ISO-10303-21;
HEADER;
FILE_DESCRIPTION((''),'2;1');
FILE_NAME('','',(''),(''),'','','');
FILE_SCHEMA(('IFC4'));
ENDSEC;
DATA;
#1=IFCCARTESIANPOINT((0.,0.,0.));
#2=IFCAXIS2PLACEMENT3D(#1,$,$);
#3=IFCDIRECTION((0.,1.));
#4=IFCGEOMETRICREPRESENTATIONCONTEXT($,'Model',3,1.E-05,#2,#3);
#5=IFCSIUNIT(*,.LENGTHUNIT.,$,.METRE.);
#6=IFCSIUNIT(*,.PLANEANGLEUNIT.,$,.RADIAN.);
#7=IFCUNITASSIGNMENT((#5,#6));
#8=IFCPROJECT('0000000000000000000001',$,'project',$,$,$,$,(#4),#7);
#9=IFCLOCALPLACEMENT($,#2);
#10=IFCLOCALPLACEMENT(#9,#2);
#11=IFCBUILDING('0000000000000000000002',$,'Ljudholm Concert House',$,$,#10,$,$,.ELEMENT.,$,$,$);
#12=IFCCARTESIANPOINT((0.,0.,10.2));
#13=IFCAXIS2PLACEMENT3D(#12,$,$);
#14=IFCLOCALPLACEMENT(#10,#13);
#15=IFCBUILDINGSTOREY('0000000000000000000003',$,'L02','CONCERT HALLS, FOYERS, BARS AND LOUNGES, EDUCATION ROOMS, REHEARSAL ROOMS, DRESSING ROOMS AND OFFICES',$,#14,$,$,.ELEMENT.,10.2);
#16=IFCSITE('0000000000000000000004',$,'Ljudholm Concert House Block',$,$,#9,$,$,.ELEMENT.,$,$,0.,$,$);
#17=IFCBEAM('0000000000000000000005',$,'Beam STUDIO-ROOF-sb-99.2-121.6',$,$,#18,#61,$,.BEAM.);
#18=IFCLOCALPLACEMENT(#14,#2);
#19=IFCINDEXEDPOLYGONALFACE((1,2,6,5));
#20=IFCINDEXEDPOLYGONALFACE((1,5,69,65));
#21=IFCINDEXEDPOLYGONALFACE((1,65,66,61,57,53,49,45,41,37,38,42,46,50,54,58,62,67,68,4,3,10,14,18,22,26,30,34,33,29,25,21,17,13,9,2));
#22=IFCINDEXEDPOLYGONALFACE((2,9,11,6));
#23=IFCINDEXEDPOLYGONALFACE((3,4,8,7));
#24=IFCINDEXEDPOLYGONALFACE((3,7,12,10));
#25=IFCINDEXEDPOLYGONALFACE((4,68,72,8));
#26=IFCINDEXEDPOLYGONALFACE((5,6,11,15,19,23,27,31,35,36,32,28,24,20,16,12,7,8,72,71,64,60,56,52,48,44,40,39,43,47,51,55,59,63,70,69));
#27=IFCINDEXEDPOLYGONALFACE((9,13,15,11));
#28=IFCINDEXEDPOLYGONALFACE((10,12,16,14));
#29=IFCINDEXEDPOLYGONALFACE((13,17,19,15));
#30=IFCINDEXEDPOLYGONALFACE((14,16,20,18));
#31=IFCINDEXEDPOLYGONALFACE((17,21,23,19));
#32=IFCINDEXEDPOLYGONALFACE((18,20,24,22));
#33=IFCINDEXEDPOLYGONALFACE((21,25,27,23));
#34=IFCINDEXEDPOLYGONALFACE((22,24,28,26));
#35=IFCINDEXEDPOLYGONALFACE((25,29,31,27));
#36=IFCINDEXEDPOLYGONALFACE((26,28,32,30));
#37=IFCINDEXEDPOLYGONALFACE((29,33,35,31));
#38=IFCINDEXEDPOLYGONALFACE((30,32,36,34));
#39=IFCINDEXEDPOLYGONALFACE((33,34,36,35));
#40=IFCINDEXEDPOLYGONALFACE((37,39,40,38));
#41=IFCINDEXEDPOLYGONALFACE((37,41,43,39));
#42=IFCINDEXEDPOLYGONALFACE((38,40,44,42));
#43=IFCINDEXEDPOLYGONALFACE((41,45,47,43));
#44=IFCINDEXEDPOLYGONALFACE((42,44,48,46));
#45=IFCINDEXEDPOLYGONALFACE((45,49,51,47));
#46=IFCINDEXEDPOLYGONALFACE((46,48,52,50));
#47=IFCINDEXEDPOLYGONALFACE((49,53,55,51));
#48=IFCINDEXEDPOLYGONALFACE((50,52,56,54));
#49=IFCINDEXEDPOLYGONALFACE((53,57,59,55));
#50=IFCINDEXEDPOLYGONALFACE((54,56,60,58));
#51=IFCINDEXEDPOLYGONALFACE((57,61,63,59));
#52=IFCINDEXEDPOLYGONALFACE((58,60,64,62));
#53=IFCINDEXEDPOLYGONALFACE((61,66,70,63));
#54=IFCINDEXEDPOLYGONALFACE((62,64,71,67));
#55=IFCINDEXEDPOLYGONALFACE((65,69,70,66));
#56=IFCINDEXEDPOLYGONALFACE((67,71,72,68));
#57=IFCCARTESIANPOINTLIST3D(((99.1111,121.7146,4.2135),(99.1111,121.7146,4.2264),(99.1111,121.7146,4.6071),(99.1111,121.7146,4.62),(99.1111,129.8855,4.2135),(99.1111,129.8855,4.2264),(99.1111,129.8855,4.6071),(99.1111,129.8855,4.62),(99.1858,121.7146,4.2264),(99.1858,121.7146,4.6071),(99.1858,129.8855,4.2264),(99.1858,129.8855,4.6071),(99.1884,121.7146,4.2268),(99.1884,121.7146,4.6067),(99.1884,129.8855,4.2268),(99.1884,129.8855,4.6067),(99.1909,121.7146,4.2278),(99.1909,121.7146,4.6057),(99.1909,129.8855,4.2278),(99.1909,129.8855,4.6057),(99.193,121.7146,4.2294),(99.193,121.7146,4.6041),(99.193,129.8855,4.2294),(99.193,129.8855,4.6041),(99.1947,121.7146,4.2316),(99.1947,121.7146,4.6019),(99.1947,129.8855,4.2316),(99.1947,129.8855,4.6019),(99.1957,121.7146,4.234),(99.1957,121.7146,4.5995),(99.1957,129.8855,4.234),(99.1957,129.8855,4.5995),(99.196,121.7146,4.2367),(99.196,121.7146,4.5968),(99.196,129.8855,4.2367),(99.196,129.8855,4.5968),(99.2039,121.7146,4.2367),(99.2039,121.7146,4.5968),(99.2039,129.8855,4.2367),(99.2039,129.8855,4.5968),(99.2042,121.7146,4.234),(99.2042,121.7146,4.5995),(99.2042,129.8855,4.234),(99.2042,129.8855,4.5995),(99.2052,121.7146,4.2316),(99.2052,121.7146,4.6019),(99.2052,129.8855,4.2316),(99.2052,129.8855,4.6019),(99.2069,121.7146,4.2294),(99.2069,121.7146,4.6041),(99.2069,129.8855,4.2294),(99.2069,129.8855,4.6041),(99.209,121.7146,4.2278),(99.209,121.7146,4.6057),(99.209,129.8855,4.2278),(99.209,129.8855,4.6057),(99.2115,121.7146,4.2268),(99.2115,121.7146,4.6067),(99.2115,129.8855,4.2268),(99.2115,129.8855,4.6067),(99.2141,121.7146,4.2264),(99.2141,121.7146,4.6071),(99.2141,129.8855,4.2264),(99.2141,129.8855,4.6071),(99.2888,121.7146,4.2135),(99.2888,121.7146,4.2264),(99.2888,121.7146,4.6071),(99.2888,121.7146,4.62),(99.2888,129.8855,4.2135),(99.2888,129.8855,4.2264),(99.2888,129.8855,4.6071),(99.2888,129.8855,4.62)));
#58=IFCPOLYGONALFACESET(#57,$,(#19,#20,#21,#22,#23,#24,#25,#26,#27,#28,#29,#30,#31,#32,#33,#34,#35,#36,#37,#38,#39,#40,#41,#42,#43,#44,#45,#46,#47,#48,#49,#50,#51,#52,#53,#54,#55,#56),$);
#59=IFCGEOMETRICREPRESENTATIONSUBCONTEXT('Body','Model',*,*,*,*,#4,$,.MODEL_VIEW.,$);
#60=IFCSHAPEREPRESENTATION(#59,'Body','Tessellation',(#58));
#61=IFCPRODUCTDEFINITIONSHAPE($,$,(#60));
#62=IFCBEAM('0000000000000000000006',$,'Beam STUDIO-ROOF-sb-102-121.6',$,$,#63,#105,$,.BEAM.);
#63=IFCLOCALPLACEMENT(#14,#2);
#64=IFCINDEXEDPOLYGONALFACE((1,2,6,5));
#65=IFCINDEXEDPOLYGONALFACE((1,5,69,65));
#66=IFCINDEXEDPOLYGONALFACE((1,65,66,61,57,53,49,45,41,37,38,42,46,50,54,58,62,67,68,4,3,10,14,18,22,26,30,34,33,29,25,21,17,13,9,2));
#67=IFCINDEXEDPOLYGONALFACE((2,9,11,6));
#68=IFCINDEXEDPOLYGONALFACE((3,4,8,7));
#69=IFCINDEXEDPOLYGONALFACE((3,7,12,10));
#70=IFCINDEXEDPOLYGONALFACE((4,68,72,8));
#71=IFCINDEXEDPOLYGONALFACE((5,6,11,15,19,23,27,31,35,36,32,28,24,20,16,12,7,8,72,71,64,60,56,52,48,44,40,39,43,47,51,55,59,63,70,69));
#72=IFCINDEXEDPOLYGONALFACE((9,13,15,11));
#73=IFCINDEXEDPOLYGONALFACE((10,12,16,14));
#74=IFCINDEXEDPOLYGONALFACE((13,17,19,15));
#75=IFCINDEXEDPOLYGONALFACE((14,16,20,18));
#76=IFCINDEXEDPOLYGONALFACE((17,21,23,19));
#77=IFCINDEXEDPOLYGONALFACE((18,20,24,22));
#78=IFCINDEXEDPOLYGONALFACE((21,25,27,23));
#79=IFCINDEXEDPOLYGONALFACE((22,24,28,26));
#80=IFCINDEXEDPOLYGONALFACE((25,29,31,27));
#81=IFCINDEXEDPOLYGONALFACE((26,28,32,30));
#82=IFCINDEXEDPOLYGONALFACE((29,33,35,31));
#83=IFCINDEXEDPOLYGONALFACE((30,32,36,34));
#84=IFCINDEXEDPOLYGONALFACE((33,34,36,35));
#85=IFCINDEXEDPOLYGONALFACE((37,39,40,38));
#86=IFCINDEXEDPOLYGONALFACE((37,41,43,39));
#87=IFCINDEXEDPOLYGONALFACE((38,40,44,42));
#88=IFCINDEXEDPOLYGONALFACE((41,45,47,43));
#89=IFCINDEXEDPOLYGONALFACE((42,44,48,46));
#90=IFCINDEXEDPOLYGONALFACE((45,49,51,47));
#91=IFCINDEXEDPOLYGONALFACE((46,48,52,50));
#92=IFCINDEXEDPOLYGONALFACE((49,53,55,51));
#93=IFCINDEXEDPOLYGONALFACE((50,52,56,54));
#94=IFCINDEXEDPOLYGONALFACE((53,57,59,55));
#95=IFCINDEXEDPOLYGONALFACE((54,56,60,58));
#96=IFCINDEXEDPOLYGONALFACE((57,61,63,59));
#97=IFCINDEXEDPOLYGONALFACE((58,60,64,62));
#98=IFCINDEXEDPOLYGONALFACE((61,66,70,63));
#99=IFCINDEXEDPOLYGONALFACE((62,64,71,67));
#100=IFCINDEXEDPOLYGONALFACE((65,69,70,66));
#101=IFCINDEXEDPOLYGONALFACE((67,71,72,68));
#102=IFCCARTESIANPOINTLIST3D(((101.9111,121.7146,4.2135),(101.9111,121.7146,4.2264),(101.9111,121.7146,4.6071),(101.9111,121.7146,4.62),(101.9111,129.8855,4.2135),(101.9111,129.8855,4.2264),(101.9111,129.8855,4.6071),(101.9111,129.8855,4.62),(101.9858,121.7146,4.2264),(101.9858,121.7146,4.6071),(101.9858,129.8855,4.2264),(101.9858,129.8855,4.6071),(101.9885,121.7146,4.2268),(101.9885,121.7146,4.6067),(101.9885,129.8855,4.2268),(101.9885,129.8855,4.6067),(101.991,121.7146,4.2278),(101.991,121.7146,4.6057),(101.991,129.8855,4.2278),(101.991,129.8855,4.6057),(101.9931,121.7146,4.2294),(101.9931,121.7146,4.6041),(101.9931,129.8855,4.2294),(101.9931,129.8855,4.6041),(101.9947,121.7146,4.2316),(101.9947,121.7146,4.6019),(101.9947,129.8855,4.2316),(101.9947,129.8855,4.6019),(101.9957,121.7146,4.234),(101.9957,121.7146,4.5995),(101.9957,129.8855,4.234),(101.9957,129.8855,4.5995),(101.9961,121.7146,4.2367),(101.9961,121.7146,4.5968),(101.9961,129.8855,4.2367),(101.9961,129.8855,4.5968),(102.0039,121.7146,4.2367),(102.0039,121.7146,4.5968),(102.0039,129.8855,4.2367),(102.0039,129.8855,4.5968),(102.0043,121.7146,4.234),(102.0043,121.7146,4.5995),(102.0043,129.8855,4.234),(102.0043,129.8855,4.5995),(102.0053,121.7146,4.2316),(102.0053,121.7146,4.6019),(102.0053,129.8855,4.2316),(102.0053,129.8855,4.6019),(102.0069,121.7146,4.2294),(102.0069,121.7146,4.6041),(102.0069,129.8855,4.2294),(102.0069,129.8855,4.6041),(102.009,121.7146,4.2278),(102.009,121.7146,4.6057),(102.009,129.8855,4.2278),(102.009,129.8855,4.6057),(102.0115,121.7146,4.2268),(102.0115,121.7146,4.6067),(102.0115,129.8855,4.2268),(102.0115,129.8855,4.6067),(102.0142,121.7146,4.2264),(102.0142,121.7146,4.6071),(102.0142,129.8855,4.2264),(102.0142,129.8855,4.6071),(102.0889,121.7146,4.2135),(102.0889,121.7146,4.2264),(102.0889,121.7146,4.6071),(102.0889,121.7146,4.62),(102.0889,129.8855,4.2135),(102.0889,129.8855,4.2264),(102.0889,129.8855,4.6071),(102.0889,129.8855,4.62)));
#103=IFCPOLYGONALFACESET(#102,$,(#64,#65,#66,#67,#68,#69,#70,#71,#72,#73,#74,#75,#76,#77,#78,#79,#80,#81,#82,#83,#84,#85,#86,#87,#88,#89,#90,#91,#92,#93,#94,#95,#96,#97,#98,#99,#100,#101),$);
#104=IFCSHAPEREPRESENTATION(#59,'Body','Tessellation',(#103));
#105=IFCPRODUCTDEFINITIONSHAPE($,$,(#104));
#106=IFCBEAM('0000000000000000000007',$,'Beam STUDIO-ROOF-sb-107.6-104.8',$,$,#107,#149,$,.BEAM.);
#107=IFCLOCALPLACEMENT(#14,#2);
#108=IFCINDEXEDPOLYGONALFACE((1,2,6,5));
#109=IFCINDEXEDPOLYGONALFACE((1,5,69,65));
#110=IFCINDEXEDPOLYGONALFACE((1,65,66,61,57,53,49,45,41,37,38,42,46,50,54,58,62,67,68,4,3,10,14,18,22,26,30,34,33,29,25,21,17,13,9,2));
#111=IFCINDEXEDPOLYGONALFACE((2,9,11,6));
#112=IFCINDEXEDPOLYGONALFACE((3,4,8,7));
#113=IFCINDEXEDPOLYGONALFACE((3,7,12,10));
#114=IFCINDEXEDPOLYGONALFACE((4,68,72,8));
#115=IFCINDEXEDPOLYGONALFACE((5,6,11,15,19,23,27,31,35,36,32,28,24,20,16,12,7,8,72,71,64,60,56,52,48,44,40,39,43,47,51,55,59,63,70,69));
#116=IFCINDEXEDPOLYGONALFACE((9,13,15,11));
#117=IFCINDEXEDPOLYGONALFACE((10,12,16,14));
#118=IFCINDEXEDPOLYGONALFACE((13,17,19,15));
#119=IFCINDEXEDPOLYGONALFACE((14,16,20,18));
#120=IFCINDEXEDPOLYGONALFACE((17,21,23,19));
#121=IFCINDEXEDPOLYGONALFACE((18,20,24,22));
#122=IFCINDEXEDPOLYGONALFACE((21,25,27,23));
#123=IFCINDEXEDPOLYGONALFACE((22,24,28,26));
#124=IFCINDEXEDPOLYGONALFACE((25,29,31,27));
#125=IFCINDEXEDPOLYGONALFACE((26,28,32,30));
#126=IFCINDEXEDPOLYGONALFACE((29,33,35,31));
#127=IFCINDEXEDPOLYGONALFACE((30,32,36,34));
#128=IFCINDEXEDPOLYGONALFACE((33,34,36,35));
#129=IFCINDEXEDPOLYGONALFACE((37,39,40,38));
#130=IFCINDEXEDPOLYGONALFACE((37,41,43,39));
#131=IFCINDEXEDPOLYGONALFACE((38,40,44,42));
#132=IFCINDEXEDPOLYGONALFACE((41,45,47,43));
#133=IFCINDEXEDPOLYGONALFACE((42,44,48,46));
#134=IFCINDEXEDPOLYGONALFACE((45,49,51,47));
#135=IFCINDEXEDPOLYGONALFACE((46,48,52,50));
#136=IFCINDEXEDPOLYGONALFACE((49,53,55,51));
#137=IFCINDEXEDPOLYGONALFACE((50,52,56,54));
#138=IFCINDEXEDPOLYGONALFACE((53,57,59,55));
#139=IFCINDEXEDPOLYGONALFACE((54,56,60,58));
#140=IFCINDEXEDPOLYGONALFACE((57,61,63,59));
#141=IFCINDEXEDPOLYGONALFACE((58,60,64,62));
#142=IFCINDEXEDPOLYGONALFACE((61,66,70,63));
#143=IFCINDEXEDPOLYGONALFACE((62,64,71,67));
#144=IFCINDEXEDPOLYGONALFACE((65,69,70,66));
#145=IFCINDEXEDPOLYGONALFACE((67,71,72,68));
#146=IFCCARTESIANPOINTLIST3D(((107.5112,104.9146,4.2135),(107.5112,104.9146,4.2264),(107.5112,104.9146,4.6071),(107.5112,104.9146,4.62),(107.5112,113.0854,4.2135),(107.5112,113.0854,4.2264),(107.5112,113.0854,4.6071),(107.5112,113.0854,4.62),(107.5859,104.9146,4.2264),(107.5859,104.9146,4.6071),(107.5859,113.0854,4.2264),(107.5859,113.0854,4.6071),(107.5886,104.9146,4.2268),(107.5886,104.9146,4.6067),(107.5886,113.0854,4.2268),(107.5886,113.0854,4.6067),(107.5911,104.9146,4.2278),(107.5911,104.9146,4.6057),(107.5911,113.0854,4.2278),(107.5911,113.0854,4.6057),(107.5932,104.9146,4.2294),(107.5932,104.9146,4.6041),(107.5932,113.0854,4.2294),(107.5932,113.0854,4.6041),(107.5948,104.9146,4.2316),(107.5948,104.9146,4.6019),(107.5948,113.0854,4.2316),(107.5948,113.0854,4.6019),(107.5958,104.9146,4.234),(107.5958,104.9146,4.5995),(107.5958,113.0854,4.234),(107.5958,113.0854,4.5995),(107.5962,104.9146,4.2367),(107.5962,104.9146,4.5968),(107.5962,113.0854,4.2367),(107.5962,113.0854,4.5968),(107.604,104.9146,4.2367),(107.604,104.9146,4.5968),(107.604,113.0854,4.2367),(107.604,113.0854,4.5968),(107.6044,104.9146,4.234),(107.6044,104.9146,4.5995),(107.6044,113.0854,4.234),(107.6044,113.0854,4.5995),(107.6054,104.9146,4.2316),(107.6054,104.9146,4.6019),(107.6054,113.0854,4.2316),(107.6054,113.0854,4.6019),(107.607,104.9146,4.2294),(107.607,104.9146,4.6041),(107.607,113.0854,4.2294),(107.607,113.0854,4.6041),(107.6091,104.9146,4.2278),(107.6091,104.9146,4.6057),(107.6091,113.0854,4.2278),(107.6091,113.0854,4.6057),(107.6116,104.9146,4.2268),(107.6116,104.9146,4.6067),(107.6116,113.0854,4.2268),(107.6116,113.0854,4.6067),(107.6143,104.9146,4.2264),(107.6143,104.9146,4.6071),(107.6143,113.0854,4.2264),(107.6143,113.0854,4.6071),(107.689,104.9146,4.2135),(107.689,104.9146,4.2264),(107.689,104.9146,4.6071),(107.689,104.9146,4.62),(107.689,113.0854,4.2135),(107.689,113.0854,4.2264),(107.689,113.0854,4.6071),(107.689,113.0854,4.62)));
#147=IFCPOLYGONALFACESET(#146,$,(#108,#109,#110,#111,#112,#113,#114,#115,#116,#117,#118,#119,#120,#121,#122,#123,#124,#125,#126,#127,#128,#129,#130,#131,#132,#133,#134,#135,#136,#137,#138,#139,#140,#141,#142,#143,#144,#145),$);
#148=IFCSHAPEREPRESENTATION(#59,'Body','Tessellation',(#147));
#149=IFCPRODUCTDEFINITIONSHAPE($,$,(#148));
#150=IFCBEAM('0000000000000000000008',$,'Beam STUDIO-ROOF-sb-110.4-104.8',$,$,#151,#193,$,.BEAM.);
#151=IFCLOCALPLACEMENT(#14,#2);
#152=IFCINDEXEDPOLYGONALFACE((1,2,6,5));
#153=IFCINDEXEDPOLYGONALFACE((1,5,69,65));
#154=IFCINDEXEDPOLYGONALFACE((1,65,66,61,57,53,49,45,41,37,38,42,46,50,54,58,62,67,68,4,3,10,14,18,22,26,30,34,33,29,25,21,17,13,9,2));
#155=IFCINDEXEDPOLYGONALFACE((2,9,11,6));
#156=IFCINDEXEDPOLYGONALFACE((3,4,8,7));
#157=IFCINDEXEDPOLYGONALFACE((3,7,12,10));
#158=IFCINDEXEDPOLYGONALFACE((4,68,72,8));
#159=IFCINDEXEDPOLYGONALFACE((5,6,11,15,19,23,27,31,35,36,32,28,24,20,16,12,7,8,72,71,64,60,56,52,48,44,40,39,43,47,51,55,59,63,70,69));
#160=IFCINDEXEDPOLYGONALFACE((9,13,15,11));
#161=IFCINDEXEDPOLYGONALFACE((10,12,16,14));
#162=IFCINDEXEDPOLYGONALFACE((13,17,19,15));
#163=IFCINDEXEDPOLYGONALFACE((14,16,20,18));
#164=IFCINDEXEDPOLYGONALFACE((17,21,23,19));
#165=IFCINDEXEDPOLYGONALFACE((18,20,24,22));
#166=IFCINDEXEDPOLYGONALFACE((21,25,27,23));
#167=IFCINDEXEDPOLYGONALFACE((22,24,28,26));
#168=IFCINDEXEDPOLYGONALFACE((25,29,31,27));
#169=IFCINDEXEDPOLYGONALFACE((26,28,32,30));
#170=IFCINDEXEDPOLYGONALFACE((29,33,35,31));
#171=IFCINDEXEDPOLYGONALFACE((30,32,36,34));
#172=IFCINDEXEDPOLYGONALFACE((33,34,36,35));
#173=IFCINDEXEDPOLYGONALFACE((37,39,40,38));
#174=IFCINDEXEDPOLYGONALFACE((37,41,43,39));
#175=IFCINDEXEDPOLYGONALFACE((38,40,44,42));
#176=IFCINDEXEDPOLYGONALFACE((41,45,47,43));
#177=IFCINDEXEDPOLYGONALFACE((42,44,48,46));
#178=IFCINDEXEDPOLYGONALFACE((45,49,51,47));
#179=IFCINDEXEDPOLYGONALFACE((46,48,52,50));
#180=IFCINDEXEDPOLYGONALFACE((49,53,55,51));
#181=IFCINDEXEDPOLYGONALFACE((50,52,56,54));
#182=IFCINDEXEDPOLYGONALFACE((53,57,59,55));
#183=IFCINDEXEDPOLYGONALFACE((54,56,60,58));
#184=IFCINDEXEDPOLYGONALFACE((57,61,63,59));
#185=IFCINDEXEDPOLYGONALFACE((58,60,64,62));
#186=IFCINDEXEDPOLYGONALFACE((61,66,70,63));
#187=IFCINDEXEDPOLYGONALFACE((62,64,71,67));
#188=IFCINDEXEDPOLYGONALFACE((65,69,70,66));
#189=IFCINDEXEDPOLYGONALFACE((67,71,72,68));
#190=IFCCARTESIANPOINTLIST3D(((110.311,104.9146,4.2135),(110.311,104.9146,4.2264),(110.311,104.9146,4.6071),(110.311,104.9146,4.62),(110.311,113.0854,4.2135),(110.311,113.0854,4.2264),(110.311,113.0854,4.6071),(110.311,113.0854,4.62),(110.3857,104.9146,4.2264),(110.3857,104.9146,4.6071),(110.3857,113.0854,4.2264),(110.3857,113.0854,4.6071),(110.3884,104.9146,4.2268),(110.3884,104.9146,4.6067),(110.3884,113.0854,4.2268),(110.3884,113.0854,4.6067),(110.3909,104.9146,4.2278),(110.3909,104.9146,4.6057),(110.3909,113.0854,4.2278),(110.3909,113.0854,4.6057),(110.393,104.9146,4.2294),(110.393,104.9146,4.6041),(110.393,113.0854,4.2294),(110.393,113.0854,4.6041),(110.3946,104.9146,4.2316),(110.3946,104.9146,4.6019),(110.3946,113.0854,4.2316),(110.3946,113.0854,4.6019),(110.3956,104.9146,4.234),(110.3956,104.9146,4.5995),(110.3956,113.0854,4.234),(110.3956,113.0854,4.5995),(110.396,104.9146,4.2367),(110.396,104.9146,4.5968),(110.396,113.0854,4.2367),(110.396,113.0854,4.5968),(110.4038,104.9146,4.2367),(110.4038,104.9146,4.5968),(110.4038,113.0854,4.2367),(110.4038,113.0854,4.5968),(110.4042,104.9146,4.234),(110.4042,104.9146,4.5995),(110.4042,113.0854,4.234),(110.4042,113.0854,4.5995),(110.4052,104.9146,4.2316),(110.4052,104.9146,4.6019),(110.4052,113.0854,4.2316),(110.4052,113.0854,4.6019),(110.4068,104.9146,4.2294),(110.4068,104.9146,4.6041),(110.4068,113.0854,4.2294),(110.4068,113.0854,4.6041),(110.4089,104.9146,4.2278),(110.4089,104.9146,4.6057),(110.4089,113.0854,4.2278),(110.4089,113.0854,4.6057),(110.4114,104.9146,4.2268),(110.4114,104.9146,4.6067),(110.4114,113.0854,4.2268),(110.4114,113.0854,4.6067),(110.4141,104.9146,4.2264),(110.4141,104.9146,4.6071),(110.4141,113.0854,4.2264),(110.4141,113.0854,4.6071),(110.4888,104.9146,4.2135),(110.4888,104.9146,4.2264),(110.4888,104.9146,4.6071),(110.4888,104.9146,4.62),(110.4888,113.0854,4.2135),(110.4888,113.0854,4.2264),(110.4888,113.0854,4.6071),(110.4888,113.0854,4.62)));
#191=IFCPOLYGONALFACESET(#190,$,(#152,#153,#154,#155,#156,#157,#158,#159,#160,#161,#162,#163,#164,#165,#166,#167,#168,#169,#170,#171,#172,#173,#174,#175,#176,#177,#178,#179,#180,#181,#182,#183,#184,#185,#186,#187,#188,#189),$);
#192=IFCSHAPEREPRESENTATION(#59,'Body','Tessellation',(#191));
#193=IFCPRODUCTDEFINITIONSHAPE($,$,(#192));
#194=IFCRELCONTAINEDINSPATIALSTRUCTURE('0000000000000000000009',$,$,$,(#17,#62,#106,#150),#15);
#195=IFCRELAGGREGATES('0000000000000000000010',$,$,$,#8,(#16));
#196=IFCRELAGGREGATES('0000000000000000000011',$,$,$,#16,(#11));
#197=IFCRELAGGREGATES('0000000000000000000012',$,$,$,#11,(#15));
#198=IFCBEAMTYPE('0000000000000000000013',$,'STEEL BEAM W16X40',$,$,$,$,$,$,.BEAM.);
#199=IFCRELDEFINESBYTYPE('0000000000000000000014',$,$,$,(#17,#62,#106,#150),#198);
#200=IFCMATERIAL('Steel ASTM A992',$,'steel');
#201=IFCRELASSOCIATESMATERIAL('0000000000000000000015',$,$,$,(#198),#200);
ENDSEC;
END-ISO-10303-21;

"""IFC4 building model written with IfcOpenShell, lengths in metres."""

from ifc_helpers import new_model, si_unit, direction, frame, origin, origin_2d, place, context, subcontext, project, spatial, i_section, extrude, material, material_profile, profile_set, type_object, element, save


model = new_model("IFC4")

# Units and contexts
model_context = context("Model", 3, precision=1e-05, world=origin(), true_north=direction((0.0, 1.0)))
body_context = subcontext(model_context, "Body", "Model", "MODEL_VIEW")
ifc_project = project(units=[si_unit("LENGTHUNIT", "METRE"), si_unit("PLANEANGLEUNIT", "RADIAN")], contexts=[model_context])

# Site, building, storey
site_placement = place(None, origin())
site = spatial("IfcSite", under=ifc_project, at=site_placement, Name="Ljudholm Concert House Block", CompositionType="ELEMENT", RefElevation=0.0)
building_placement = place(site_placement, origin())
building = spatial("IfcBuilding", under=site, at=building_placement, Name="Ljudholm Concert House", CompositionType="ELEMENT")
storey_placement = place(building_placement, frame((0.0, 0.0, 10.2)))
storey = spatial("IfcBuildingStorey", under=building, at=storey_placement, Name="L02", Description="CONCERT HALLS, FOYERS, BARS AND LOUNGES, EDUCATION ROOMS, REHEARSAL ROOMS, DRESSING ROOMS AND OFFICES", CompositionType="ELEMENT", Elevation=10.2)

# Beams
ifc_material_1 = material(Name="Steel ASTM A992", Category="steel")
ifc_material_profile_1 = material_profile(ifc_material_1, i_section(OverallWidth=0.1777, OverallDepth=0.4065, WebThickness=0.0078, FlangeThickness=0.0129, FilletRadius=0.0103, at=origin_2d()), Name="W16X40")
ifc_profile_set_1 = profile_set([ifc_material_profile_1], Name="Steel ASTM A992")
beam_type_1 = type_object("IfcBeamType", Name="STEEL BEAM W16X40", PredefinedType="BEAM", material=ifc_profile_set_1)
for number, where, z_axis, x_axis, name in (
    (1, (99.2, 121.7146, 4.4167), (0.0, 1.0, 0.0), (-1.0, 0.0, 0.0), "Beam STUDIO-ROOF-sb-99.2-121.6"),
    (2, (102.0, 121.7146, 4.4167), (0.0, 1.0, 0.0), (-1.0, 0.0, 0.0), "Beam STUDIO-ROOF-sb-102-121.6"),
    (3, (107.6001, 104.9146, 4.4167), (0.0, 1.0, 0.0), (-1.0, 0.0, 0.0), "Beam STUDIO-ROOF-sb-107.6-104.8"),
    (4, (110.3999, 104.9146, 4.4167), (0.0, 1.0, 0.0), (-1.0, 0.0, 0.0), "Beam STUDIO-ROOF-sb-110.4-104.8"),
):
    element("IfcBeam", number, at=place(storey_placement, frame(where, z_axis=z_axis, x_axis=x_axis)), inside=storey, type_object=beam_type_1, Name=name, PredefinedType="BEAM", context=body_context, shape_type="SweptSolid", body=[
        extrude(i_section(OverallWidth=0.1777, OverallDepth=0.4065, WebThickness=0.0078, FlangeThickness=0.0129, FilletRadius=0.0103, at=origin_2d()), origin(), (0.0, 0.0, 1.0), 8.1709),
    ])

save(model, "model.ifc")
